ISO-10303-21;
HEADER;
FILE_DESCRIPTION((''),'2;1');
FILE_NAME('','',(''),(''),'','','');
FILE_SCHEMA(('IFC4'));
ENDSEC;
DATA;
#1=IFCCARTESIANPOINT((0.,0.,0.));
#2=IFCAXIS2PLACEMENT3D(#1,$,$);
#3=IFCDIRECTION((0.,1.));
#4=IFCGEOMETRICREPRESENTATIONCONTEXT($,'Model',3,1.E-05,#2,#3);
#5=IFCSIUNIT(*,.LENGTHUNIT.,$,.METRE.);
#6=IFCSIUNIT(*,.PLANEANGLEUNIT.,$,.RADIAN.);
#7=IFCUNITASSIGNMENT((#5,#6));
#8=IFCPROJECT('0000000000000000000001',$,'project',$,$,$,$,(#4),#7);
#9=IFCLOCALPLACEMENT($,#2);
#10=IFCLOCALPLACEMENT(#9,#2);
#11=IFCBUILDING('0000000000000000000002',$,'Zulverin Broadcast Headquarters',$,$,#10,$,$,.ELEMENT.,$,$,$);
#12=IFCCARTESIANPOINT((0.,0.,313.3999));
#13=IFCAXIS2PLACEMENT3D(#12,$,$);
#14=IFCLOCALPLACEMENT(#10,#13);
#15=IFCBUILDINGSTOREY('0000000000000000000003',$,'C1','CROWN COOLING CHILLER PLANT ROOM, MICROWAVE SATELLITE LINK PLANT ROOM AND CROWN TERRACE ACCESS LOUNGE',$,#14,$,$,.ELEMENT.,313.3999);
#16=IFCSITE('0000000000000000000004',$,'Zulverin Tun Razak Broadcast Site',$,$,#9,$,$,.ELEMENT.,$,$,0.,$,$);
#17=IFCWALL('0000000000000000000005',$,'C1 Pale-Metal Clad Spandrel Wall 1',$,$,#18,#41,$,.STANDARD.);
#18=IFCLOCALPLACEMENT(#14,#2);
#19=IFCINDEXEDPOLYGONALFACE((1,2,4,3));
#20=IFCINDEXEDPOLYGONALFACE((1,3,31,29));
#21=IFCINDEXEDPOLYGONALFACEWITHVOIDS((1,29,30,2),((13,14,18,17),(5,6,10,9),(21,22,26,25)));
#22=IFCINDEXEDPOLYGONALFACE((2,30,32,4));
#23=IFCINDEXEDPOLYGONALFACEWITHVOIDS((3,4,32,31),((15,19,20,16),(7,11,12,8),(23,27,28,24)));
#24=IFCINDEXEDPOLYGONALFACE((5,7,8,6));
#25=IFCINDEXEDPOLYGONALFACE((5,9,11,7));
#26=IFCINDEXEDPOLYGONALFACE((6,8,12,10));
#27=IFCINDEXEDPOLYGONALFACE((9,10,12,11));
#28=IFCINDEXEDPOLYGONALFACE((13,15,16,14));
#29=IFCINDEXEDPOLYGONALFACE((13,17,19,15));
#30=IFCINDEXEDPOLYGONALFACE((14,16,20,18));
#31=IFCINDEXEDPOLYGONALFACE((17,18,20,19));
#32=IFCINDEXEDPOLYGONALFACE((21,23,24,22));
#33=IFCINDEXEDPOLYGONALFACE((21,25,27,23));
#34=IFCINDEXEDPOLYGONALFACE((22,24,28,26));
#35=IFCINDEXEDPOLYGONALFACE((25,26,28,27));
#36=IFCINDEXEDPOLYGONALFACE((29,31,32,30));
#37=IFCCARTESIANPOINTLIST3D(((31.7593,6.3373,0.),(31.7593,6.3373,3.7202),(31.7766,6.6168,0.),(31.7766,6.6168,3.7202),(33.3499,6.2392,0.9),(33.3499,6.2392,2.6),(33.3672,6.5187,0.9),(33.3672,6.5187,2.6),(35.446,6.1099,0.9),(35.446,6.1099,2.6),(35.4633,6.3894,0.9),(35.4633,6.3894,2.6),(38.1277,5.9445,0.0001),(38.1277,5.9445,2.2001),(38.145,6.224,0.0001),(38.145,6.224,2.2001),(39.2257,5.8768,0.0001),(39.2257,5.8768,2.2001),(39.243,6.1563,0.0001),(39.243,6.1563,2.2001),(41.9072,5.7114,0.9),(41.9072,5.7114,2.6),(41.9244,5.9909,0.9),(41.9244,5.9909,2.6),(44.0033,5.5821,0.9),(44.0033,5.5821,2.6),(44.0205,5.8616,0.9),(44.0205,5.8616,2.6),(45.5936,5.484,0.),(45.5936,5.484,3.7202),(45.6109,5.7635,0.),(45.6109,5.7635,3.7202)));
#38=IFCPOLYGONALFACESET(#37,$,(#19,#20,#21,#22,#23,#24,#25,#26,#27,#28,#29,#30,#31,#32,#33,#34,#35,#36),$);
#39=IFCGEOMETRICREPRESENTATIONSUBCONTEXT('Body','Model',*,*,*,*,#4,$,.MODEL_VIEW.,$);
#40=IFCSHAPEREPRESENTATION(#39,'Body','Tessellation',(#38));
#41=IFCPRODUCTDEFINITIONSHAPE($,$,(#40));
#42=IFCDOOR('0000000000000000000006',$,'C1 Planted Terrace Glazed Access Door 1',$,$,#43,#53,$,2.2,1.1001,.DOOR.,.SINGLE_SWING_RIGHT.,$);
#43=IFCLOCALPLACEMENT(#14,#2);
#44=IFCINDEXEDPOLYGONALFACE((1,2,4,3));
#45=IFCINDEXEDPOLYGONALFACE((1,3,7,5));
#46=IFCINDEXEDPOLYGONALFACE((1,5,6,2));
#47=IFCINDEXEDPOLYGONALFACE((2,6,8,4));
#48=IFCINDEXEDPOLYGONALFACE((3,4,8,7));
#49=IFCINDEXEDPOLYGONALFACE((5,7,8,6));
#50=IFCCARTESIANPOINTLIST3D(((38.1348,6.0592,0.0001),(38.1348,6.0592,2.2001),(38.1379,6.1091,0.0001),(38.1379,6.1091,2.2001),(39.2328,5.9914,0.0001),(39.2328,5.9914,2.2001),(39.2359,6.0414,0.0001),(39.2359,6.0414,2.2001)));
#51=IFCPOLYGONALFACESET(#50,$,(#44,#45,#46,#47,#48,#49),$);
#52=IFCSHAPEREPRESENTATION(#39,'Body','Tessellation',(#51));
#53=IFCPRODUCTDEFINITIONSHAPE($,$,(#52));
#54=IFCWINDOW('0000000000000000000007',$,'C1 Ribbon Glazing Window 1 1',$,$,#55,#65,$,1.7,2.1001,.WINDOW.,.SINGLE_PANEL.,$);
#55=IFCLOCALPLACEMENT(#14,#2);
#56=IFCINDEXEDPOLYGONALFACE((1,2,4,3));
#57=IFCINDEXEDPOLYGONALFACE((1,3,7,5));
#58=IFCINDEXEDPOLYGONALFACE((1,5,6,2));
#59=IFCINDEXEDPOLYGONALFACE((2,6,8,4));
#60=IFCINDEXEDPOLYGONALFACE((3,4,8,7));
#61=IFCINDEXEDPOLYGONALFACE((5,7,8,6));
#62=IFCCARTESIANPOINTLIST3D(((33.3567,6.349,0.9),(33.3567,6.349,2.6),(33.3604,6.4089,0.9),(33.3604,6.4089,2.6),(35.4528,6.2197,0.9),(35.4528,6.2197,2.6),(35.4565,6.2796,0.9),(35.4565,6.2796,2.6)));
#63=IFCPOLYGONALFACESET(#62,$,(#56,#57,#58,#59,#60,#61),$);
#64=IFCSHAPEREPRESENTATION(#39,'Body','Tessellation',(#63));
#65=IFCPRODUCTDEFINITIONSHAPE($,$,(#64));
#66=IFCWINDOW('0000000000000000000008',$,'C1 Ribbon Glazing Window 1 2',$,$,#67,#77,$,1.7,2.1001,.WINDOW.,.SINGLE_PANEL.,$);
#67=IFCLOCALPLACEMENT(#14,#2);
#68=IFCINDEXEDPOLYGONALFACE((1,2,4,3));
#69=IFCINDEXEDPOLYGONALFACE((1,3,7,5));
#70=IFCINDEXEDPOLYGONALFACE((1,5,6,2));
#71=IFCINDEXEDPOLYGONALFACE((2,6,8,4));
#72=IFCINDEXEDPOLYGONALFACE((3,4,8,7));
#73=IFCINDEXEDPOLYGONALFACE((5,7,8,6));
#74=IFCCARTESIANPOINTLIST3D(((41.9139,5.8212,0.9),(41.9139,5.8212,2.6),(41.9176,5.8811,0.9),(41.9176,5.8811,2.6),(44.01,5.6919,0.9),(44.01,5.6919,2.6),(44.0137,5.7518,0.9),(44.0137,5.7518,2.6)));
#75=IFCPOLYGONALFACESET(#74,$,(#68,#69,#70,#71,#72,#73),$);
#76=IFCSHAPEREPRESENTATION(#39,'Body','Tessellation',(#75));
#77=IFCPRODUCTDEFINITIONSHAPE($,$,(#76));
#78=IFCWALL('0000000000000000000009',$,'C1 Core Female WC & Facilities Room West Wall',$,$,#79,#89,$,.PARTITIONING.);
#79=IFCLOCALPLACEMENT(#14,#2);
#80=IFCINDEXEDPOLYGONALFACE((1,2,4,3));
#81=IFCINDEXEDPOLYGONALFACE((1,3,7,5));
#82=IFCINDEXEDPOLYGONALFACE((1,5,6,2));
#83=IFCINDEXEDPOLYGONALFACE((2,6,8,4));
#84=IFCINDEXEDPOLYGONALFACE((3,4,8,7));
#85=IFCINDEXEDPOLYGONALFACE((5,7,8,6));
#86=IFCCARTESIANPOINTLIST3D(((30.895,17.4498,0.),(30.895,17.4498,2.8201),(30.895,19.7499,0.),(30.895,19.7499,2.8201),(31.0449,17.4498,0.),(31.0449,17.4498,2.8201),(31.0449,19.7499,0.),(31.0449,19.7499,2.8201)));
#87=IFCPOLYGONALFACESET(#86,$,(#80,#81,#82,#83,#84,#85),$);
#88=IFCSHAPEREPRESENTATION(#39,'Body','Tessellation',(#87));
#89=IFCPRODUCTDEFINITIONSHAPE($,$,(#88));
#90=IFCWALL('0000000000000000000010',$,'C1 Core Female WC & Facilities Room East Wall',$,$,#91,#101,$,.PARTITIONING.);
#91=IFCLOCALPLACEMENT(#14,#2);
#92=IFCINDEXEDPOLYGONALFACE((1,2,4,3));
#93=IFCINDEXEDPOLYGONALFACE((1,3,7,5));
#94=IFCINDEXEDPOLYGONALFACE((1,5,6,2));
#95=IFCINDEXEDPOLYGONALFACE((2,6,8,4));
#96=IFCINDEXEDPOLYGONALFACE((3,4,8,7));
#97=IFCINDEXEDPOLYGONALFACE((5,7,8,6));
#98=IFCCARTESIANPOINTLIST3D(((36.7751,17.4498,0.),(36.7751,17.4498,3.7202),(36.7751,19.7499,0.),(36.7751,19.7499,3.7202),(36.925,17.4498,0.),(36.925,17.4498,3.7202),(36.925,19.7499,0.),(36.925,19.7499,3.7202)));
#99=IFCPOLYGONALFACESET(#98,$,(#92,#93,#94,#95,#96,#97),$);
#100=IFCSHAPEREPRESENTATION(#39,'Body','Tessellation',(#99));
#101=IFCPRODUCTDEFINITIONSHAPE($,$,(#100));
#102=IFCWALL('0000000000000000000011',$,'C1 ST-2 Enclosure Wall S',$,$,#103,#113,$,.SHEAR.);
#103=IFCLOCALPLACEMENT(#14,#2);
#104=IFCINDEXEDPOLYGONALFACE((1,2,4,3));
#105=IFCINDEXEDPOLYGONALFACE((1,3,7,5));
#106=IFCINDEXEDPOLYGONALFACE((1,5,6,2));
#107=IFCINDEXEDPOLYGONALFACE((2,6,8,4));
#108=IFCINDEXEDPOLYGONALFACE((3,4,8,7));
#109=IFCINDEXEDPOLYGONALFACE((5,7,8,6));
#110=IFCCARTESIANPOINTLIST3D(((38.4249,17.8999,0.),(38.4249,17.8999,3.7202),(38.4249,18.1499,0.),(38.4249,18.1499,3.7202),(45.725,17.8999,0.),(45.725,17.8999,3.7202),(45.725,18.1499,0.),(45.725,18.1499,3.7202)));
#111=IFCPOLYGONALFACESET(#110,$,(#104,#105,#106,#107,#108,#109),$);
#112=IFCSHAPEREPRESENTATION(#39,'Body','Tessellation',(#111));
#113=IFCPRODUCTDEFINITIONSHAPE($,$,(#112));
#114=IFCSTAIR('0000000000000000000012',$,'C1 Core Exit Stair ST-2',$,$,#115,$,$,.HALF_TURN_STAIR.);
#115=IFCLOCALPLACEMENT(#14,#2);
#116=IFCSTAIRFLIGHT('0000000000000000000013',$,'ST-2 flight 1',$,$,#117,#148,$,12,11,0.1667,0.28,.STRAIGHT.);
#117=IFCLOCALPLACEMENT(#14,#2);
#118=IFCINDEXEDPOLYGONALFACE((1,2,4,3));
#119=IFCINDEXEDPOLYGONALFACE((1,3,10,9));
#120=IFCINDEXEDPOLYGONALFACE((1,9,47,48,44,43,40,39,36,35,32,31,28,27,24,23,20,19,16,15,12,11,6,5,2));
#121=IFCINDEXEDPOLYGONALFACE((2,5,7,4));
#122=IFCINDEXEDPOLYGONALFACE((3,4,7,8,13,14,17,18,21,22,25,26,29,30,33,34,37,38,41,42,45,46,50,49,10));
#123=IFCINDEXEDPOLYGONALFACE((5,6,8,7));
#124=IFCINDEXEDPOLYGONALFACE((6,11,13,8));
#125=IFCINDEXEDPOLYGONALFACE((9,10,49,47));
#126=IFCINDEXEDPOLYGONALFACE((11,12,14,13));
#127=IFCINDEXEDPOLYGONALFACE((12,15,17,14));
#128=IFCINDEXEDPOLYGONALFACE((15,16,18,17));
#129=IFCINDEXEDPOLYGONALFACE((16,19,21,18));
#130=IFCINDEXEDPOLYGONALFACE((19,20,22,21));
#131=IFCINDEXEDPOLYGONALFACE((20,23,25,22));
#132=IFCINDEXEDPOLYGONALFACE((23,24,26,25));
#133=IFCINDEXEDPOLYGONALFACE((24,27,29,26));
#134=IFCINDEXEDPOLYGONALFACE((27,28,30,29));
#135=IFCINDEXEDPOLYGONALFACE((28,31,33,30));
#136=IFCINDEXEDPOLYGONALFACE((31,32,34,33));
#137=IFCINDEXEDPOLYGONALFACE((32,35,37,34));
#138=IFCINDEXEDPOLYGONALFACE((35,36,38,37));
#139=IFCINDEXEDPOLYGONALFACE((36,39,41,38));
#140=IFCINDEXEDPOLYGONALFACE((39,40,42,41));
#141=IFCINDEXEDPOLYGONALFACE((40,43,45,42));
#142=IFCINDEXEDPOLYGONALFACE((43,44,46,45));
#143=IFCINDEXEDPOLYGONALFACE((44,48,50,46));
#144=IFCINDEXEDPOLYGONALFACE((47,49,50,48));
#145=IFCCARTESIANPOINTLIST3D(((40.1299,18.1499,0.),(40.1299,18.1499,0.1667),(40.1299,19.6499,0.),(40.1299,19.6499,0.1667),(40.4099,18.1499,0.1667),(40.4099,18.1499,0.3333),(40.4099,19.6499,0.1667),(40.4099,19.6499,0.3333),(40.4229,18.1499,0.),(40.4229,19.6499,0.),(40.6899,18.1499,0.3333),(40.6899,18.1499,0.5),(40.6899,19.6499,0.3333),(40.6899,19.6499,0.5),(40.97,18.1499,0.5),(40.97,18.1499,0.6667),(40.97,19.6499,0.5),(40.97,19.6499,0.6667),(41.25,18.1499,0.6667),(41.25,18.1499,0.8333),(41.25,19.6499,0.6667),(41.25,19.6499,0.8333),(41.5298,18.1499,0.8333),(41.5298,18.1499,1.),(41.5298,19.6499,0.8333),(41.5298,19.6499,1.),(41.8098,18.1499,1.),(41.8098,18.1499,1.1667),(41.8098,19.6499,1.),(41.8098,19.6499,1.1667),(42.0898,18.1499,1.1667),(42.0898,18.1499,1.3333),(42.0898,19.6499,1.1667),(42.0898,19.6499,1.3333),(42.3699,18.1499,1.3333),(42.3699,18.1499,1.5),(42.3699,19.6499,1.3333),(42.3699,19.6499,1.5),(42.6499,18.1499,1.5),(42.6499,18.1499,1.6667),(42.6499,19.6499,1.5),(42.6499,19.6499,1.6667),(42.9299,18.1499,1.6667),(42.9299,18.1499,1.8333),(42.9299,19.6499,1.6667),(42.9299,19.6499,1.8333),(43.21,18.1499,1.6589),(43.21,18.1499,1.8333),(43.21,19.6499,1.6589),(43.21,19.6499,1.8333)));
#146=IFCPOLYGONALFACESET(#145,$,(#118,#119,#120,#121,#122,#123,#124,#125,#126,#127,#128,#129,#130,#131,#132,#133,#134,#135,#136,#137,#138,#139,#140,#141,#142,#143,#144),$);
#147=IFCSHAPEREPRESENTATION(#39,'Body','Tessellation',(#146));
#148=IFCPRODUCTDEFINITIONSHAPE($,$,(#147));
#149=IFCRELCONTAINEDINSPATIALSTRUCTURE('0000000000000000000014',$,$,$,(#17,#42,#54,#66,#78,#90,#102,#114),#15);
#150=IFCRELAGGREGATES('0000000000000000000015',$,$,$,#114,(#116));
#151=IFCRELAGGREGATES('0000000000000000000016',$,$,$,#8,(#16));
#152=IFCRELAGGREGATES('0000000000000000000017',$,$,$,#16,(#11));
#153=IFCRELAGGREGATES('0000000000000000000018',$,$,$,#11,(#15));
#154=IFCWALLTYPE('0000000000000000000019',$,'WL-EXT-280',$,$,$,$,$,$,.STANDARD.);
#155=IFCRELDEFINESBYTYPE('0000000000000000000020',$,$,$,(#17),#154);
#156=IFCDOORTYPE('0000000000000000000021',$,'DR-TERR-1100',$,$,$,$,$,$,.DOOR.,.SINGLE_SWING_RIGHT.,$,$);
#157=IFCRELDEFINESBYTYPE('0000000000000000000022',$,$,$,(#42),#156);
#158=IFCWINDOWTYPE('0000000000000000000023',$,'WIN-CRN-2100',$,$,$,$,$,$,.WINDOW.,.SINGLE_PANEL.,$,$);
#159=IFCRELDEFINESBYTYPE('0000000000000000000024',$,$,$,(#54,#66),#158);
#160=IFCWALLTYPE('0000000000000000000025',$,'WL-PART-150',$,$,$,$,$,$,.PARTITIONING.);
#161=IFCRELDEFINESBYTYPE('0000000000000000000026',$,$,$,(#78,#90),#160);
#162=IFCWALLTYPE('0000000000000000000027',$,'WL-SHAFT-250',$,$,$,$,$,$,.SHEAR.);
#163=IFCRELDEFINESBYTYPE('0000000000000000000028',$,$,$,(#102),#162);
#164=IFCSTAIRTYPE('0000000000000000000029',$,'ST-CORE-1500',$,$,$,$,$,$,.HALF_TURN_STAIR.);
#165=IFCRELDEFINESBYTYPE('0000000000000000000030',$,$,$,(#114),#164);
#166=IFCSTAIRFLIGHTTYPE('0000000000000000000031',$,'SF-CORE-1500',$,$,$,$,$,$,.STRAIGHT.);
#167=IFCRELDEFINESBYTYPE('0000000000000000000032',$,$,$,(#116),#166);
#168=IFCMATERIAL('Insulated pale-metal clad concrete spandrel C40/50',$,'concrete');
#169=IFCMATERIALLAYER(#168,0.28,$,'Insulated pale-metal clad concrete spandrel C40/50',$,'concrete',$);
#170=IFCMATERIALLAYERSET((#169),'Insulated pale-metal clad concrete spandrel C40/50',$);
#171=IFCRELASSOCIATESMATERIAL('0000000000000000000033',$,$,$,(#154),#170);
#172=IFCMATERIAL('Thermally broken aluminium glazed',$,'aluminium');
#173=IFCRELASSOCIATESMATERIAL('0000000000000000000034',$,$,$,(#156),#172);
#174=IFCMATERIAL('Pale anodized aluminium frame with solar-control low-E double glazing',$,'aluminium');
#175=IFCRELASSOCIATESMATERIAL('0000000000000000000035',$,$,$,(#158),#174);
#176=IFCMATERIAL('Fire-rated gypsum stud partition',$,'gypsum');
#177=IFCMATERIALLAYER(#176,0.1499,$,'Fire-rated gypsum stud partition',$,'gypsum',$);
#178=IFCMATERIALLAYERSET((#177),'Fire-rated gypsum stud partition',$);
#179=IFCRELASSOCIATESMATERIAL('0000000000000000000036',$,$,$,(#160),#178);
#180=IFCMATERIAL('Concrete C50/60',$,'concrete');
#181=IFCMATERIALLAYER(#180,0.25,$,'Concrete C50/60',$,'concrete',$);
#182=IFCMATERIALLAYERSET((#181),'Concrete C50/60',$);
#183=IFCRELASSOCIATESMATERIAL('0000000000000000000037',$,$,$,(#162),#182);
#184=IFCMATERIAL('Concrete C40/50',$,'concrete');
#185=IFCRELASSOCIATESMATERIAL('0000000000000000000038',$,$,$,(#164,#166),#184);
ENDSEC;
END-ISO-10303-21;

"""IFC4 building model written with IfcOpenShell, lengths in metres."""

from ifc_helpers import new_model, si_unit, direction, frame, frame_2d, origin, place, context, subcontext, project, spatial, polyline, rectangle, outline, extrude, material, layer, layer_set, type_object, element, fill, aggregate, save


model = new_model("IFC4")

# Units and contexts
model_context = context("Model", 3, precision=1e-05, world=origin(), true_north=direction((0.0, 1.0)))
body_context = subcontext(model_context, "Body", "Model", "MODEL_VIEW")
ifc_project = project(units=[si_unit("LENGTHUNIT", "METRE"), si_unit("PLANEANGLEUNIT", "RADIAN")], contexts=[model_context])

# Site, building, storey
site_placement = place(None, origin())
site = spatial("IfcSite", under=ifc_project, at=site_placement, Name="Zulverin Tun Razak Broadcast Site", CompositionType="ELEMENT", RefElevation=0.0)
building_placement = place(site_placement, origin())
building = spatial("IfcBuilding", under=site, at=building_placement, Name="Zulverin Broadcast Headquarters", CompositionType="ELEMENT")
storey_placement = place(building_placement, frame((0.0, 0.0, 313.3999)))
storey = spatial("IfcBuildingStorey", under=building, at=storey_placement, Name="C1", Description="CROWN COOLING CHILLER PLANT ROOM, MICROWAVE SATELLITE LINK PLANT ROOM AND CROWN TERRACE ACCESS LOUNGE", CompositionType="ELEMENT", Elevation=313.3999)

# Shared definitions
ifc_material_1 = material(Name="Concrete C50/60", Category="concrete")

# Wall, openings, door, windows
ifc_material_2 = material(Name="Insulated pale-metal clad concrete spandrel C40/50", Category="concrete")
ifc_layer_1 = layer(ifc_material_2, 0.28, Name="Insulated pale-metal clad concrete spandrel C40/50", Category="concrete")
ifc_layer_set_1 = layer_set([ifc_layer_1], Name="Insulated pale-metal clad concrete spandrel C40/50")
wall_type_1 = type_object("IfcWallType", Name="WL-EXT-280", PredefinedType="STANDARD", material=ifc_layer_set_1)
wall_1_placement = place(storey_placement, frame((31.7681, 6.4771, 0.0), z_axis=(0.0, 0.0, 1.0), x_axis=(0.998103, -0.061561, 0.0)))
wall_1 = element("IfcWall", 1, at=wall_1_placement, inside=storey, type_object=wall_type_1, Name="C1 Pale-Metal Clad Spandrel Wall 1", PredefinedType="STANDARD", context=body_context, shape_type="SweptSolid", body=[
    extrude(rectangle(XDim=13.8606, YDim=0.28, at=frame_2d((6.9302, 0.0))), origin(), (0.0, 0.0, 1.0), 3.7202),
])
opening_1_placement = place(wall_1_placement, frame((6.3804, 0.0, 0.0)))
opening_1 = element("IfcOpeningElement", 2, at=opening_1_placement, cuts=wall_1, PredefinedType="OPENING", context=body_context, shape_type="SweptSolid", body=[
    extrude(rectangle(XDim=1.1001, YDim=2.2, at=frame_2d((0.55, 1.1001))), frame((0.0, 0.1499, 0.0), z_axis=(0.0, -1.0, 0.0), x_axis=(1.0, 0.0, 0.0)), (0.0, 0.0, 1.0), 0.3),
])
opening_2_placement = place(wall_1_placement, frame((1.5935, 0.0, 0.8999)))
opening_2 = element("IfcOpeningElement", 3, at=opening_2_placement, cuts=wall_1, PredefinedType="OPENING", context=body_context, shape_type="SweptSolid", body=[
    extrude(rectangle(XDim=2.1001, YDim=1.7, at=frame_2d((1.05, 0.8501))), frame((0.0, 0.1499, 0.0), z_axis=(0.0, -1.0, 0.0), x_axis=(1.0, 0.0, 0.0)), (0.0, 0.0, 1.0), 0.3),
])
opening_3_placement = place(wall_1_placement, frame((10.167, 0.0, 0.8999)))
opening_3 = element("IfcOpeningElement", 4, at=opening_3_placement, cuts=wall_1, PredefinedType="OPENING", context=body_context, shape_type="SweptSolid", body=[
    extrude(rectangle(XDim=2.1001, YDim=1.7, at=frame_2d((1.05, 0.8501))), frame((0.0, 0.1499, 0.0), z_axis=(0.0, -1.0, 0.0), x_axis=(1.0, 0.0, 0.0)), (0.0, 0.0, 1.0), 0.3),
])
ifc_material_3 = material(Name="Thermally broken aluminium glazed", Category="aluminium")
door_type_1 = type_object("IfcDoorType", Name="DR-TERR-1100", OperationType="SINGLE_SWING_RIGHT", PredefinedType="DOOR", material=ifc_material_3)
door_1_placement = place(opening_1_placement, origin())
door_1 = element("IfcDoor", 5, at=door_1_placement, inside=storey, type_object=door_type_1, Name="C1 Planted Terrace Glazed Access Door 1", OperationType="SINGLE_SWING_RIGHT", OverallHeight=2.2, OverallWidth=1.1001, PredefinedType="DOOR", context=body_context, shape_type="SweptSolid", body=[
    extrude(rectangle(XDim=1.1001, YDim=2.2, at=frame_2d((0.55, 1.1001))), frame((0.0, 0.0249, 0.0), z_axis=(0.0, -1.0, 0.0), x_axis=(1.0, 0.0, 0.0)), (0.0, 0.0, 1.0), 0.05),
])
fill(opening_1, door_1)
ifc_material_4 = material(Name="Pale anodized aluminium frame with solar-control low-E double glazing", Category="aluminium")
window_type = type_object("IfcWindowType", Name="WIN-CRN-2100", PartitioningType="SINGLE_PANEL", PredefinedType="WINDOW", material=ifc_material_4)
window_1_placement = place(opening_2_placement, origin())
window_1 = element("IfcWindow", 6, at=window_1_placement, inside=storey, type_object=window_type, Name="C1 Ribbon Glazing Window 1 1", OverallHeight=1.7, OverallWidth=2.1001, PartitioningType="SINGLE_PANEL", PredefinedType="WINDOW", context=body_context, shape_type="SweptSolid", body=[
    extrude(rectangle(XDim=2.1001, YDim=1.7, at=frame_2d((1.05, 0.8501))), frame((0.0, 0.03, 0.0), z_axis=(0.0, -1.0, 0.0), x_axis=(1.0, 0.0, 0.0)), (0.0, 0.0, 1.0), 0.0601),
])
fill(opening_2, window_1)
window_2_placement = place(opening_3_placement, origin())
window_2 = element("IfcWindow", 7, at=window_2_placement, inside=storey, type_object=window_type, Name="C1 Ribbon Glazing Window 1 2", OverallHeight=1.7, OverallWidth=2.1001, PartitioningType="SINGLE_PANEL", PredefinedType="WINDOW", context=body_context, shape_type="SweptSolid", body=[
    extrude(rectangle(XDim=2.1001, YDim=1.7, at=frame_2d((1.05, 0.8501))), frame((0.0, 0.03, 0.0), z_axis=(0.0, -1.0, 0.0), x_axis=(1.0, 0.0, 0.0)), (0.0, 0.0, 1.0), 0.0601),
])
fill(opening_3, window_2)

# Walls
ifc_material_5 = material(Name="Fire-rated gypsum stud partition", Category="gypsum")
ifc_layer_2 = layer(ifc_material_5, 0.1499, Name="Fire-rated gypsum stud partition", Category="gypsum")
ifc_layer_set_2 = layer_set([ifc_layer_2], Name="Fire-rated gypsum stud partition")
wall_type_2 = type_object("IfcWallType", Name="WL-PART-150", PredefinedType="PARTITIONING", material=ifc_layer_set_2)
wall_2_placement = place(storey_placement, frame((30.97, 17.45, 0.0), z_axis=(0.0, 0.0, 1.0), x_axis=(0.0, 1.0, 0.0)))
element("IfcWall", 8, at=wall_2_placement, inside=storey, type_object=wall_type_2, Name="C1 Core Female WC & Facilities Room West Wall", PredefinedType="PARTITIONING", context=body_context, shape_type="SweptSolid", body=[
    extrude(rectangle(XDim=2.3, YDim=0.1499, at=frame_2d((1.1499, 0.0))), origin(), (0.0, 0.0, 1.0), 2.8201),
])
wall_3_placement = place(storey_placement, frame((36.8501, 17.45, 0.0), z_axis=(0.0, 0.0, 1.0), x_axis=(0.0, 1.0, 0.0)))
element("IfcWall", 9, at=wall_3_placement, inside=storey, type_object=wall_type_2, Name="C1 Core Female WC & Facilities Room East Wall", PredefinedType="PARTITIONING", context=body_context, shape_type="SweptSolid", body=[
    extrude(rectangle(XDim=2.3, YDim=0.1499, at=frame_2d((1.1499, 0.0))), origin(), (0.0, 0.0, 1.0), 3.7202),
])
ifc_layer_3 = layer(ifc_material_1, 0.25, Name="Concrete C50/60", Category="concrete")
ifc_layer_set_3 = layer_set([ifc_layer_3], Name="Concrete C50/60")
wall_type_3 = type_object("IfcWallType", Name="WL-SHAFT-250", PredefinedType="SHEAR", material=ifc_layer_set_3)
wall_4_placement = place(storey_placement, frame((38.425, 18.0249, 0.0), z_axis=(0.0, 0.0, 1.0), x_axis=(1.0, 0.0, 0.0)))
element("IfcWall", 10, at=wall_4_placement, inside=storey, type_object=wall_type_3, Name="C1 ST-2 Enclosure Wall S", PredefinedType="SHEAR", context=body_context, shape_type="SweptSolid", body=[
    extrude(rectangle(XDim=7.3, YDim=0.25, at=frame_2d((3.6499, 0.0))), origin(), (0.0, 0.0, 1.0), 3.7202),
])

# Stair, stair flight
ifc_material_6 = material(Name="Concrete C40/50", Category="concrete")
stair_type = type_object("IfcStairType", Name="ST-CORE-1500", PredefinedType="HALF_TURN_STAIR", material=ifc_material_6)
stair_placement = place(storey_placement, origin())
stair = element("IfcStair", 11, at=stair_placement, inside=storey, type_object=stair_type, Name="C1 Core Exit Stair ST-2", PredefinedType="HALF_TURN_STAIR")
stair_flight_type = type_object("IfcStairFlightType", Name="SF-CORE-1500", PredefinedType="STRAIGHT", material=ifc_material_6)
stair_flight_placement = place(storey_placement, frame((40.1299, 18.8999, 0.0), z_axis=(0.0, 0.0, 1.0), x_axis=(1.0, 0.0, 0.0)))
stair_flight = element("IfcStairFlight", 12, at=stair_flight_placement, type_object=stair_flight_type, Name="ST-2 flight 1", NumberOfRisers=12, NumberOfTreads=11, PredefinedType="STRAIGHT", RiserHeight=0.1667, TreadLength=0.28, context=body_context, shape_type="SweptSolid", body=[
    extrude(outline(polyline([(0.0, 0.0), (0.0, 0.1667), (0.28, 0.1667), (0.28, 0.3333), (0.5601, 0.3333), (0.5601, 0.5), (0.8401, 0.5), (0.8401, 0.6667), (1.1201, 0.6667), (1.1201, 0.8333), (1.3999, 0.8333), (1.3999, 1.0), (1.6799, 1.0), (1.6799, 1.1667), (1.96, 1.1667), (1.96, 1.3333), (2.24, 1.3333), (2.24, 1.5), (2.52, 1.5), (2.52, 1.6667), (2.8, 1.6667), (2.8, 1.8333), (3.0801, 1.8333), (3.0801, 2.0), (3.0801, 1.6589), (0.293, 0.0), (0.0, 0.0)])), frame((0.0, 0.75, 0.0), z_axis=(0.0, -1.0, 0.0), x_axis=(1.0, 0.0, 0.0)), (0.0, 0.0, 1.0), 1.5),
])
aggregate(stair, [stair_flight])

save(model, "model.ifc")
